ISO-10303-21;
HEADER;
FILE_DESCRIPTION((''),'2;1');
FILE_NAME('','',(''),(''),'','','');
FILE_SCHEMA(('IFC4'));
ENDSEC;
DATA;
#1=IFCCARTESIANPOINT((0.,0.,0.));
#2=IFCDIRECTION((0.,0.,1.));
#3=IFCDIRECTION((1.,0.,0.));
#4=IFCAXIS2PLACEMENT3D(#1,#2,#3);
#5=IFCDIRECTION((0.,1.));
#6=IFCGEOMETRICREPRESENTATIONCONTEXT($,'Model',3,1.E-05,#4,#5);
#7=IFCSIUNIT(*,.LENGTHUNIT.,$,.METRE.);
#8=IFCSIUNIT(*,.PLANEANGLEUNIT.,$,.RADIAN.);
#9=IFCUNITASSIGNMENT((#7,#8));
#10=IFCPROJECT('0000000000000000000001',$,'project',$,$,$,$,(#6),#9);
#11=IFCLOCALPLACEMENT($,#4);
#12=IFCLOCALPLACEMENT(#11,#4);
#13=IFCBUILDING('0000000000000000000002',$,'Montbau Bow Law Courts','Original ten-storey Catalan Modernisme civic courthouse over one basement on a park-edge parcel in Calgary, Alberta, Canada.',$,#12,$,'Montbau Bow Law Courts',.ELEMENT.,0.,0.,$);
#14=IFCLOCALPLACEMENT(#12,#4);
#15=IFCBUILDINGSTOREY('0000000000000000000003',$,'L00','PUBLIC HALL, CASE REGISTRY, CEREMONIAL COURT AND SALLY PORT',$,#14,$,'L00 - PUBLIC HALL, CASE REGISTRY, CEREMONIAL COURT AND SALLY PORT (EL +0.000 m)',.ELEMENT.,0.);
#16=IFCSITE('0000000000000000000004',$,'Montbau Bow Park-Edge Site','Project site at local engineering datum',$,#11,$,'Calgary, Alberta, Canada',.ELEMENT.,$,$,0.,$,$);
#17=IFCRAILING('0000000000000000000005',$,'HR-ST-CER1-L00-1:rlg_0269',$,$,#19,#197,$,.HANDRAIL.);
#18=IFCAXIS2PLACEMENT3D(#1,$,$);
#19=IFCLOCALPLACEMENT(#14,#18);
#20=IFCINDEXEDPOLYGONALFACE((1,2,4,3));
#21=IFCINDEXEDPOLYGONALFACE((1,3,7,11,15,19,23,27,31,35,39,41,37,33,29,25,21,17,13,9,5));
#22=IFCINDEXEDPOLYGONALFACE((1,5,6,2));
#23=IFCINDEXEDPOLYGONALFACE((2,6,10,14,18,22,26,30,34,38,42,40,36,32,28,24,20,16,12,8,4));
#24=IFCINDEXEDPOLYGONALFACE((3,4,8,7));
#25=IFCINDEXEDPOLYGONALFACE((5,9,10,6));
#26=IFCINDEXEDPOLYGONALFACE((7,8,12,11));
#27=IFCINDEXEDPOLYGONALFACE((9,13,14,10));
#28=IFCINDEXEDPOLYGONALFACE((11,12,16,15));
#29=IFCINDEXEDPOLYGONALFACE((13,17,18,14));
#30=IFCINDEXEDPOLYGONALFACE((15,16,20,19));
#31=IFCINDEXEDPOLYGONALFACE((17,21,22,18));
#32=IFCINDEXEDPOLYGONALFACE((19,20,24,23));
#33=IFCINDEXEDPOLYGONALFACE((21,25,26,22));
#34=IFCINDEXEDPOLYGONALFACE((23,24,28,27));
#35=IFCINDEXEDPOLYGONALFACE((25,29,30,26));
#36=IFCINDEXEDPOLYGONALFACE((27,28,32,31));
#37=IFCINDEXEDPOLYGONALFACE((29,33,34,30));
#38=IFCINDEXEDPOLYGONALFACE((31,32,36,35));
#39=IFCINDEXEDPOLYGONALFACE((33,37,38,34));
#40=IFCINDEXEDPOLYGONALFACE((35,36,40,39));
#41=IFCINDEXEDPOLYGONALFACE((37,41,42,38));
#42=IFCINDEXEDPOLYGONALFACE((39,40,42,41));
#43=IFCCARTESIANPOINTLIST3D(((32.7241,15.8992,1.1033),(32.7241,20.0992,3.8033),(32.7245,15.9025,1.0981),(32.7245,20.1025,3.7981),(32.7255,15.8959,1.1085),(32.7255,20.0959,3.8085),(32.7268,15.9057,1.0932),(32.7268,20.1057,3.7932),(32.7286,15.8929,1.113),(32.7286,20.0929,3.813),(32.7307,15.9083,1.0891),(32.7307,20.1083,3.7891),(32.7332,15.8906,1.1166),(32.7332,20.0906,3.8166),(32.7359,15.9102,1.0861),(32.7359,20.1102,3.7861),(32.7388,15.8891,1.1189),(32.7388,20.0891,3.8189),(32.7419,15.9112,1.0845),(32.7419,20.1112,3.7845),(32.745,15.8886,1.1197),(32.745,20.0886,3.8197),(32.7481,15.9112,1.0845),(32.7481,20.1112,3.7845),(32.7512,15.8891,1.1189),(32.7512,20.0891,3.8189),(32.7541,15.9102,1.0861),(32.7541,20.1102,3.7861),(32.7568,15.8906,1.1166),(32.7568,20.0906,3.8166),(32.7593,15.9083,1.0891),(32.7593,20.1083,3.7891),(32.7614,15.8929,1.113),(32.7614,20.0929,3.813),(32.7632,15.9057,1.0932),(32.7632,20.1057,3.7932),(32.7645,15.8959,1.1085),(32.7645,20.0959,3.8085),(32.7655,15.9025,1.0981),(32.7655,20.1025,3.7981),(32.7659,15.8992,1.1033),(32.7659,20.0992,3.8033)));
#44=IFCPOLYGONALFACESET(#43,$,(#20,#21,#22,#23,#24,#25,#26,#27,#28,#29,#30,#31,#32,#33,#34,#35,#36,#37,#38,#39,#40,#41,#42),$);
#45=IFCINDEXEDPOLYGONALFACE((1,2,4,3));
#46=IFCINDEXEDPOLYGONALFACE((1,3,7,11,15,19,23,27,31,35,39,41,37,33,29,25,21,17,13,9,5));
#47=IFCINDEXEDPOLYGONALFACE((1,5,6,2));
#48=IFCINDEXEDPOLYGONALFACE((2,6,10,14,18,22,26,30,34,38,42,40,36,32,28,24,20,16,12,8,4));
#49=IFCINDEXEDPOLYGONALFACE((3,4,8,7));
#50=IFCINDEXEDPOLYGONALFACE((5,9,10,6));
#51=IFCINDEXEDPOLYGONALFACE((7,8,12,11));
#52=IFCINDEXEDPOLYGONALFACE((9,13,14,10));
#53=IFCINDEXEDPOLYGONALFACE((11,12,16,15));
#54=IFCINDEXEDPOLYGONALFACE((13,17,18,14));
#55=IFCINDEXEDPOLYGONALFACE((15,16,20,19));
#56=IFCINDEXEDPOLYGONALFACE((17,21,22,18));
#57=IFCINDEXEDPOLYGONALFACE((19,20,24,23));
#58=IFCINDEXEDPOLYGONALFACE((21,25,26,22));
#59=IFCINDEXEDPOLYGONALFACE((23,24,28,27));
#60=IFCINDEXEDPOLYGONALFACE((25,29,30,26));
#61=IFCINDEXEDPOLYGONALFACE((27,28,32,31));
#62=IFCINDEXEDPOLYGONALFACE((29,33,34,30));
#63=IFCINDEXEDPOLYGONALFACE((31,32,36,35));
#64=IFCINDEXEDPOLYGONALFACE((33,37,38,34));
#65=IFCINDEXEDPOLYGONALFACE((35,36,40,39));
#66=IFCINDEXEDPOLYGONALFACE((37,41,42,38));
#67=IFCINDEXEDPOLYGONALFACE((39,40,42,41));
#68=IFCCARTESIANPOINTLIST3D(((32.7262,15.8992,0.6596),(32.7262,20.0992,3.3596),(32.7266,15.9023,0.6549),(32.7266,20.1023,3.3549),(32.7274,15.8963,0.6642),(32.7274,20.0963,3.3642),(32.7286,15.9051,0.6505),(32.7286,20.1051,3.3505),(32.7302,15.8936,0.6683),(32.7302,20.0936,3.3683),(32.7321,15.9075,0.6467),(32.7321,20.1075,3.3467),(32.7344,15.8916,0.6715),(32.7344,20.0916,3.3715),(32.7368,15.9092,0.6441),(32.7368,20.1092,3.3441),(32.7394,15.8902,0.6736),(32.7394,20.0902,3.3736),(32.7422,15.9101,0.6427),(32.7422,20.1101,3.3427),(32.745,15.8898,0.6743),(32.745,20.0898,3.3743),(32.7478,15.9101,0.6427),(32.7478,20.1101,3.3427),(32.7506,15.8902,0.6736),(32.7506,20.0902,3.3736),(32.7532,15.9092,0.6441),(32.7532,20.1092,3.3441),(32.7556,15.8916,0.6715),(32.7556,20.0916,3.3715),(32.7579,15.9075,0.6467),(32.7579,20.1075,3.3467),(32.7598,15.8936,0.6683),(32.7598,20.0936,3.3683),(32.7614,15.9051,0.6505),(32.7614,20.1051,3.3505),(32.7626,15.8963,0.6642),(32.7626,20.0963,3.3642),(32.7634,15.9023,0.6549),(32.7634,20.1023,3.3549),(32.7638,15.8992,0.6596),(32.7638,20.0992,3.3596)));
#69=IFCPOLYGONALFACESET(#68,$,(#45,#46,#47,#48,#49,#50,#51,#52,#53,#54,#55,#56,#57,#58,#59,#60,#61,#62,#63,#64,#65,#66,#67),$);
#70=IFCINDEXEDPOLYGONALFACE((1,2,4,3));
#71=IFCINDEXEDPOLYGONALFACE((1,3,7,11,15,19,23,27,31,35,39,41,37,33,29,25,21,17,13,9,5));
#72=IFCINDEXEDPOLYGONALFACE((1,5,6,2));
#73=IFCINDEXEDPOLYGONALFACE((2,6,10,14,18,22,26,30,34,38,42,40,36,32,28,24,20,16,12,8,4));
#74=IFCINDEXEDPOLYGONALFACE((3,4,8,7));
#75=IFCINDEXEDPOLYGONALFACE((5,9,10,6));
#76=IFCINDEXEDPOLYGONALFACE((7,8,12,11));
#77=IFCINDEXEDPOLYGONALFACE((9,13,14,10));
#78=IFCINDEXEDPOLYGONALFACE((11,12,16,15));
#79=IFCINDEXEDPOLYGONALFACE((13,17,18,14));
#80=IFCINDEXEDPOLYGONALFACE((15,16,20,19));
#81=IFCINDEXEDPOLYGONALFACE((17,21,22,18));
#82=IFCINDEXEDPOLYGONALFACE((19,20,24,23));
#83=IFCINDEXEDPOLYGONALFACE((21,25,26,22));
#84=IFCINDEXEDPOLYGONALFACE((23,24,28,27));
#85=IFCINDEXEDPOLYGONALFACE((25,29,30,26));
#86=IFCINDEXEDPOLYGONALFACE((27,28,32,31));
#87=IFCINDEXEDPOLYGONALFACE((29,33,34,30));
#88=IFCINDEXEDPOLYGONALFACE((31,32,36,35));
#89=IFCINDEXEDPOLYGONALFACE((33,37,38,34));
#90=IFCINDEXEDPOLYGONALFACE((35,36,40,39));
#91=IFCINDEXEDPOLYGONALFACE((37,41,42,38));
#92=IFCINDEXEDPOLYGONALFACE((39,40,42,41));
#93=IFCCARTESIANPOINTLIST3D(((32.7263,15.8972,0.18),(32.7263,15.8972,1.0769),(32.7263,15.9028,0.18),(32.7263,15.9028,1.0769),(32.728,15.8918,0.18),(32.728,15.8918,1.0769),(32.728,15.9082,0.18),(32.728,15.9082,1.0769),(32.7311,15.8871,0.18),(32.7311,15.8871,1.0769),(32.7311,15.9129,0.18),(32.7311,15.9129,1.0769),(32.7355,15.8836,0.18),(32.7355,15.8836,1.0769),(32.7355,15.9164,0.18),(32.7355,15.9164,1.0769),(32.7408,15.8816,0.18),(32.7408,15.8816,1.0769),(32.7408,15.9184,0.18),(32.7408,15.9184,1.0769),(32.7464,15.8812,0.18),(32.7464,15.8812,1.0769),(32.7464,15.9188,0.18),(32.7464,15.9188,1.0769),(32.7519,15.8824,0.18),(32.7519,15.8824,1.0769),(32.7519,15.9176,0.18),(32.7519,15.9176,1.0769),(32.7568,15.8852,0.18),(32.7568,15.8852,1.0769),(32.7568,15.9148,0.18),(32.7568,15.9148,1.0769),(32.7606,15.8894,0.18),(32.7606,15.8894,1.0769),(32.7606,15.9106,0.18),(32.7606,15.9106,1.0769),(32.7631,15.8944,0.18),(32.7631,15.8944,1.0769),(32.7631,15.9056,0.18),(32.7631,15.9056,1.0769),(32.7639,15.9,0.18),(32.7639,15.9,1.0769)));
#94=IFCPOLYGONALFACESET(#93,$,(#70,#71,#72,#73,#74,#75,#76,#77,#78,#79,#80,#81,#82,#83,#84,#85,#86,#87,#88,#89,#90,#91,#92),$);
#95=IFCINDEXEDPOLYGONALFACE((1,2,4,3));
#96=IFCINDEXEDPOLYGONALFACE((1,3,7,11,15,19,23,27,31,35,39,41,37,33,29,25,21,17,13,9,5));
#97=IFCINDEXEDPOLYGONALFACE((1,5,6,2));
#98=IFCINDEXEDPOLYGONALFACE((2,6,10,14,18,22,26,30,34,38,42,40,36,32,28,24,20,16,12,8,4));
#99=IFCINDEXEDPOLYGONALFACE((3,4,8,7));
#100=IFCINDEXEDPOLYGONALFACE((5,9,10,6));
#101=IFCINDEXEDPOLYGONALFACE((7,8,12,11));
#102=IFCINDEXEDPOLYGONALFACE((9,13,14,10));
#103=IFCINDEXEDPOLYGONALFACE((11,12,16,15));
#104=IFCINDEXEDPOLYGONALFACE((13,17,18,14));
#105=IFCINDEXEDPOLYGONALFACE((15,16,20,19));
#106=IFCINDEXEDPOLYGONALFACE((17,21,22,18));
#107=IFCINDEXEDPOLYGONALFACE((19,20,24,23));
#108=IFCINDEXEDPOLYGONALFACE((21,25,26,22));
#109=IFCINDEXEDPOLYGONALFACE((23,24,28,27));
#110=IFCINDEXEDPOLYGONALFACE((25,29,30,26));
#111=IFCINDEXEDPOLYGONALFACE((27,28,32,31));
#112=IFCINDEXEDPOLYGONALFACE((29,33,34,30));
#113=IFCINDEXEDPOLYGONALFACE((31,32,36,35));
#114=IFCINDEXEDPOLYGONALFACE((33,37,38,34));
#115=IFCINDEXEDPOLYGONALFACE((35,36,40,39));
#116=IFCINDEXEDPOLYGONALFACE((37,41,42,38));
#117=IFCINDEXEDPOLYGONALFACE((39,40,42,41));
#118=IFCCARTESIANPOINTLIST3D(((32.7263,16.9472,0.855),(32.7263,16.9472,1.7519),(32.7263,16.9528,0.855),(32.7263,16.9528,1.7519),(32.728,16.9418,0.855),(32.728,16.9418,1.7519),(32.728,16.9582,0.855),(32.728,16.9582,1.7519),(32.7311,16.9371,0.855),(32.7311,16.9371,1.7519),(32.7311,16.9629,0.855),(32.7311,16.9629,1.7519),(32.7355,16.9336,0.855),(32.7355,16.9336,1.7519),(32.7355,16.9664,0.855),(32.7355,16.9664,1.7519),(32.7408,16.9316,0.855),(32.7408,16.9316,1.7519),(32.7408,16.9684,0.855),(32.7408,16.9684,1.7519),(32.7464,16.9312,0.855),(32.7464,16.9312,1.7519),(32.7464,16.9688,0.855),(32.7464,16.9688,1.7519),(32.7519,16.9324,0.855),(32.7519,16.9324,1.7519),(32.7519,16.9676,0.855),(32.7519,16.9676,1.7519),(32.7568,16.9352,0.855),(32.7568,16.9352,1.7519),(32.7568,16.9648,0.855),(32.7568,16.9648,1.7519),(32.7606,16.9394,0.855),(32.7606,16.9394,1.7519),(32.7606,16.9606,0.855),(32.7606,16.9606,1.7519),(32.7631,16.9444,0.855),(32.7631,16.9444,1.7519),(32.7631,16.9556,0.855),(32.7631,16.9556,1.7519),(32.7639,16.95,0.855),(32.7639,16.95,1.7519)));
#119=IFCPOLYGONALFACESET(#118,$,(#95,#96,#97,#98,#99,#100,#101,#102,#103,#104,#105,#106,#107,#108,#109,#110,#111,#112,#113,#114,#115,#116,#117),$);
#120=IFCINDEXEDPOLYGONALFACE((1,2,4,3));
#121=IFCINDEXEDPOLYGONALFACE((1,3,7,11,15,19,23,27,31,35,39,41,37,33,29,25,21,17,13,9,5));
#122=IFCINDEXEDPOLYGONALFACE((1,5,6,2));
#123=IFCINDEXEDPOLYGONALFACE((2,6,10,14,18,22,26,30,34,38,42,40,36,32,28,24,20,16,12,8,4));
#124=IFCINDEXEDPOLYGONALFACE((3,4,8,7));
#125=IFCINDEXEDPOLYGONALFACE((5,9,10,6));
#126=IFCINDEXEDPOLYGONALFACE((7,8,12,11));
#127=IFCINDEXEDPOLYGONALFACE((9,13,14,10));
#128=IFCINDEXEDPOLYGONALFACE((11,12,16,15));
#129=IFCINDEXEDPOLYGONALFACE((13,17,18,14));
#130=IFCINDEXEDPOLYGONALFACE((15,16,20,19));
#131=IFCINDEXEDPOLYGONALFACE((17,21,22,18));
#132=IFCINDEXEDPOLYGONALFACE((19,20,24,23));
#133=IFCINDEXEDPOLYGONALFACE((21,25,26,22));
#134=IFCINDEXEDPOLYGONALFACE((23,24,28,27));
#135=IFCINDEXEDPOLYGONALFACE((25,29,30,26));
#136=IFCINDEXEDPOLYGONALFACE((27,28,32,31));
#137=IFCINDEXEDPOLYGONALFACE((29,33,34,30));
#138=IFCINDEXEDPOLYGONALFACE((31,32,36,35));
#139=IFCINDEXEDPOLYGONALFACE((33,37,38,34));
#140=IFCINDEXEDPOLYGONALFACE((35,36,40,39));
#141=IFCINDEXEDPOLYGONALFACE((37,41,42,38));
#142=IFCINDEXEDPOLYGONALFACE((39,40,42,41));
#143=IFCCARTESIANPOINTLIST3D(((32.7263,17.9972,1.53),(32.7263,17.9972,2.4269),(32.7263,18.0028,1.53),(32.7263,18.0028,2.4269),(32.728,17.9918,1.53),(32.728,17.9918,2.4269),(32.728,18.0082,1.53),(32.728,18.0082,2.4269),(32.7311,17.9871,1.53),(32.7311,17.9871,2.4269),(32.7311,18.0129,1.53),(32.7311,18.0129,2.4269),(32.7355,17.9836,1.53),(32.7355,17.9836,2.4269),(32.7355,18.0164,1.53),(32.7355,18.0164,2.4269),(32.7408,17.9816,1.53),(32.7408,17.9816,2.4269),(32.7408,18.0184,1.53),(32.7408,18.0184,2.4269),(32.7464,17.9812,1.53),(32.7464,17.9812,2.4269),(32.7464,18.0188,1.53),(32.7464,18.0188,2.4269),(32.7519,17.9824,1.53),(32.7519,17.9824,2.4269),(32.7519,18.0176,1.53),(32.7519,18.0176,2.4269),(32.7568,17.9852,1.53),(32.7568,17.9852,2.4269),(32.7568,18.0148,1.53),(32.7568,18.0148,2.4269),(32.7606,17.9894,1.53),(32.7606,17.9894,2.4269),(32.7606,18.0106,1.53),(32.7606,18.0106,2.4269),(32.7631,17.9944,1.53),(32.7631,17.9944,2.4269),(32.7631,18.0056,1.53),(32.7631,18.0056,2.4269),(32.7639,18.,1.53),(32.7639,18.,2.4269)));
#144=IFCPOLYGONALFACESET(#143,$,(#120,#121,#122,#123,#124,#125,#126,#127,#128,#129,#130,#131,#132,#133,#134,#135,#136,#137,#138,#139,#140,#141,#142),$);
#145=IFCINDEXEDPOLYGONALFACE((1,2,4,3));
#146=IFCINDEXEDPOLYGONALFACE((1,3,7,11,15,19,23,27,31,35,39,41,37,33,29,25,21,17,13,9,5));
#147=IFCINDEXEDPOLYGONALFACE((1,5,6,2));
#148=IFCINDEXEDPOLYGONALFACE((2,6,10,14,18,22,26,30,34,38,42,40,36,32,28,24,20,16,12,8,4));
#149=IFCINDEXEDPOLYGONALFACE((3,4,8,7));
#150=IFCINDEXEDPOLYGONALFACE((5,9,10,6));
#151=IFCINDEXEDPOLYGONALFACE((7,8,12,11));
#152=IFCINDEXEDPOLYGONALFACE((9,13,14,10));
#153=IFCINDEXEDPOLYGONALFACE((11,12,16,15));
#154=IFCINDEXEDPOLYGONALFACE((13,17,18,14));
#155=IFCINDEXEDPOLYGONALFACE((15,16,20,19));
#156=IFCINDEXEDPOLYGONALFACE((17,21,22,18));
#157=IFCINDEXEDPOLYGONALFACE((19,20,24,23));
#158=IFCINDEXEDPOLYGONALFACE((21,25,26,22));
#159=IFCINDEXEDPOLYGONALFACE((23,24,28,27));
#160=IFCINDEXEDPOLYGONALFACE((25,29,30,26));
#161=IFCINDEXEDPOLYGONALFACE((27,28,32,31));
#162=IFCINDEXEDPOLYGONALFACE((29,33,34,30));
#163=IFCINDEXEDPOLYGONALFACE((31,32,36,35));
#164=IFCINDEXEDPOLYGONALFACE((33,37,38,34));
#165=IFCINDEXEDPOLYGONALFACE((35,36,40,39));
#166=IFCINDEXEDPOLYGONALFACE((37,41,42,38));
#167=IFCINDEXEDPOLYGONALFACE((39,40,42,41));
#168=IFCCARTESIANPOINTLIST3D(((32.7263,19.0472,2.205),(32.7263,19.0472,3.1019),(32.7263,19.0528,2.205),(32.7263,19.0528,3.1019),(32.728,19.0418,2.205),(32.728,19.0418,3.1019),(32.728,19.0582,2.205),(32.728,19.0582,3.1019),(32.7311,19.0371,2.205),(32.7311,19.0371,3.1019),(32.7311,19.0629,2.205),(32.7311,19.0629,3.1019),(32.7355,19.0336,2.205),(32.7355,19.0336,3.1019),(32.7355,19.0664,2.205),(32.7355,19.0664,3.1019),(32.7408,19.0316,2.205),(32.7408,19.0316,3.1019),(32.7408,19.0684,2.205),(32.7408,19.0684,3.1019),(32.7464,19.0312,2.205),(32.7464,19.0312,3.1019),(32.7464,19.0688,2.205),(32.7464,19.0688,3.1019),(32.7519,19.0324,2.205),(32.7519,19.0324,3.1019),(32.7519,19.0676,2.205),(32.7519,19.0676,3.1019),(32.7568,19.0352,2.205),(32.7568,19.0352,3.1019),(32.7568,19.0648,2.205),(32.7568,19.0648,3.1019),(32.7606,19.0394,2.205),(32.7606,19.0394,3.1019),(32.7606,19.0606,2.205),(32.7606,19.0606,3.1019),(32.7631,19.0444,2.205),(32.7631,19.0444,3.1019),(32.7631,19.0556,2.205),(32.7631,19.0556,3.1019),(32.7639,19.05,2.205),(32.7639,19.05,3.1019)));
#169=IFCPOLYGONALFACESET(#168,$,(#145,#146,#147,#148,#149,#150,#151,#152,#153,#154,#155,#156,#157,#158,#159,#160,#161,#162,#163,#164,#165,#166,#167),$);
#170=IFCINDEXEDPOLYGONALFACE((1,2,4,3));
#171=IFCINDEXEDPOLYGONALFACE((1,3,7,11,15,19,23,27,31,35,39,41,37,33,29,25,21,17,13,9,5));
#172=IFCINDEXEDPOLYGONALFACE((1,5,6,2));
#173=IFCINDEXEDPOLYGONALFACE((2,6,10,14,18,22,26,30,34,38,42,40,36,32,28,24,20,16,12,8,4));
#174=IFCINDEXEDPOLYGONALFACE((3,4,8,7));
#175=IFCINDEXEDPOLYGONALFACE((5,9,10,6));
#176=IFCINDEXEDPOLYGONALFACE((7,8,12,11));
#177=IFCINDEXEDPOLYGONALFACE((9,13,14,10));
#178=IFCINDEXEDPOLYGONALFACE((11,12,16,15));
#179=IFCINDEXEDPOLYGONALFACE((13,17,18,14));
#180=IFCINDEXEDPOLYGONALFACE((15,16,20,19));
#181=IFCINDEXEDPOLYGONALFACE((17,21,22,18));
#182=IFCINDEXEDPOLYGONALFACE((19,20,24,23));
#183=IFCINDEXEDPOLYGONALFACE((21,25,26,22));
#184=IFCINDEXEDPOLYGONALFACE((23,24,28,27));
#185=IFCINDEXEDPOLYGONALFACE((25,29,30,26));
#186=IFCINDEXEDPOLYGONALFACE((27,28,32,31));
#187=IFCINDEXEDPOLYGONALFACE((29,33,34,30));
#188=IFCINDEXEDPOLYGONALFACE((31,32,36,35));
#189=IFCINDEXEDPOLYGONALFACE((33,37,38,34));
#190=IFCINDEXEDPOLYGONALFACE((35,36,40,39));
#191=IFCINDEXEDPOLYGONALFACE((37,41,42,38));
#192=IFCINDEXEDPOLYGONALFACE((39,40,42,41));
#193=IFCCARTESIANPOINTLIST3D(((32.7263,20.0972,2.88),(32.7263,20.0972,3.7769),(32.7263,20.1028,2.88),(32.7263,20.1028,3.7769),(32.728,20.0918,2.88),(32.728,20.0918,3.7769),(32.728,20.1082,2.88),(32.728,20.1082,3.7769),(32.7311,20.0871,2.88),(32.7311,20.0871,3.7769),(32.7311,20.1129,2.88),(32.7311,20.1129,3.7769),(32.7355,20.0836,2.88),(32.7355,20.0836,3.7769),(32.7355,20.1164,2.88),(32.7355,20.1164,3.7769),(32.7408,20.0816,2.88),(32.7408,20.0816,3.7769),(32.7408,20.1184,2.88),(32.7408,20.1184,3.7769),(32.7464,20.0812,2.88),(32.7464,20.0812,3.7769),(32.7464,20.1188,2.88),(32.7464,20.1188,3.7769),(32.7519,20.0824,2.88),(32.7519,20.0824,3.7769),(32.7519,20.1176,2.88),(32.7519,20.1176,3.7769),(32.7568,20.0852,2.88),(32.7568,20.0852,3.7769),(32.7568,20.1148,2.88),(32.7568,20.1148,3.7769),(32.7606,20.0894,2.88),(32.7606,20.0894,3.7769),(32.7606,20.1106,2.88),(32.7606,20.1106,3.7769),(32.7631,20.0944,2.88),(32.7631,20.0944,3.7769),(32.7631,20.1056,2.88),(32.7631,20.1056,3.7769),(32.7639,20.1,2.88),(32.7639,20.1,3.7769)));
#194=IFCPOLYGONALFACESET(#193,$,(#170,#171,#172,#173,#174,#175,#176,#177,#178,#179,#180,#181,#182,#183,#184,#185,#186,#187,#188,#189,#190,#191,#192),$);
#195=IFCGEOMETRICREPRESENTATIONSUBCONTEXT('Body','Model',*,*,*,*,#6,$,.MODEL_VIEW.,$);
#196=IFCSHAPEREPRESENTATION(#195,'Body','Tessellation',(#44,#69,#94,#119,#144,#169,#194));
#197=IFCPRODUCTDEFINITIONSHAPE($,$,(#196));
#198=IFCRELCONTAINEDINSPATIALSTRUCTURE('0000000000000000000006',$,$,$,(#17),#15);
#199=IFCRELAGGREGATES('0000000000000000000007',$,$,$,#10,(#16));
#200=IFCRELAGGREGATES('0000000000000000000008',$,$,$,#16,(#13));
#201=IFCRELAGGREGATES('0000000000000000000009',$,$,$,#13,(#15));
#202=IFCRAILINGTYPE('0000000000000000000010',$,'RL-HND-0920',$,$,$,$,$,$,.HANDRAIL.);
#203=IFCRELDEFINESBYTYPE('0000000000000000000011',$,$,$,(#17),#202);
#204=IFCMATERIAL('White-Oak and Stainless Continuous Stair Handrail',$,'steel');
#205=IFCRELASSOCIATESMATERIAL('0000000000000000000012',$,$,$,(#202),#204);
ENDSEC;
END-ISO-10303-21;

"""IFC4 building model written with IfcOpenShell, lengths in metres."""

from ifc_helpers import new_model, si_unit, direction, frame, origin_with_axes, origin_2d_with_axis, place, context, subcontext, project, spatial, circle, extrude, material, type_object, element, save


model = new_model("IFC4")

# Units and contexts
model_context = context("Model", 3, precision=1e-05, world=origin_with_axes(), true_north=direction((0.0, 1.0)))
body_context = subcontext(model_context, "Body", "Model", "MODEL_VIEW")
ifc_project = project(units=[si_unit("LENGTHUNIT", "METRE"), si_unit("PLANEANGLEUNIT", "RADIAN")], contexts=[model_context])

# Site, building, storey
site_placement = place(None, origin_with_axes())
site = spatial("IfcSite", under=ifc_project, at=site_placement, Name="Montbau Bow Park-Edge Site", Description="Project site at local engineering datum", LongName="Calgary, Alberta, Canada", CompositionType="ELEMENT", RefElevation=0.0)
building_placement = place(site_placement, origin_with_axes())
building = spatial("IfcBuilding", under=site, at=building_placement, Name="Montbau Bow Law Courts", Description="Original ten-storey Catalan Modernisme civic courthouse over one basement on a park-edge parcel in Calgary, Alberta, Canada.", LongName="Montbau Bow Law Courts", CompositionType="ELEMENT", ElevationOfRefHeight=0.0, ElevationOfTerrain=0.0)
storey_placement = place(building_placement, origin_with_axes())
storey = spatial("IfcBuildingStorey", under=building, at=storey_placement, Name="L00", Description="PUBLIC HALL, CASE REGISTRY, CEREMONIAL COURT AND SALLY PORT", LongName="L00 - PUBLIC HALL, CASE REGISTRY, CEREMONIAL COURT AND SALLY PORT (EL +0.000 m)", CompositionType="ELEMENT", Elevation=0.0)

# Railing
ifc_material_1 = material(Name="White-Oak and Stainless Continuous Stair Handrail", Category="steel")
railing_type_1 = type_object("IfcRailingType", Name="RL-HND-0920", PredefinedType="HANDRAIL", material=ifc_material_1)
railing_1_placement = place(None, origin_with_axes())
element("IfcRailing", 1, at=railing_1_placement, inside=storey, type_object=railing_type_1, Name="HR-ST-CER1-L00-1:rlg_0269", PredefinedType="HANDRAIL", context=body_context, shape_type="SweptSolid", body=[
    extrude(circle(Radius=0.021, at=origin_2d_with_axis()), frame((32.745, 15.9, 1.102), z_axis=(0.0, 0.841178, 0.540758), x_axis=(0.0, -0.540758, 0.841178)), (0.0, 0.0, 1.0), 4.993),
    extrude(circle(Radius=0.0189, at=origin_2d_with_axis()), frame((32.745, 15.9, 0.6584), z_axis=(0.0, 0.841178, 0.540758), x_axis=(0.0, -0.540758, 0.841178)), (0.0, 0.0, 1.0), 4.993),
    extrude(circle(Radius=0.0189, at=origin_2d_with_axis()), frame((32.745, 15.9, 0.18), z_axis=(0.0, 0.0, 1.0), x_axis=(1.0, 0.0, 0.0)), (0.0, 0.0, 1.0), 0.8969),
    extrude(circle(Radius=0.0189, at=origin_2d_with_axis()), frame((32.745, 16.95, 0.855), z_axis=(0.0, 0.0, 1.0), x_axis=(1.0, 0.0, 0.0)), (0.0, 0.0, 1.0), 0.8969),
    extrude(circle(Radius=0.0189, at=origin_2d_with_axis()), frame((32.745, 18.0, 1.53), z_axis=(0.0, 0.0, 1.0), x_axis=(1.0, 0.0, 0.0)), (0.0, 0.0, 1.0), 0.8969),
    extrude(circle(Radius=0.0189, at=origin_2d_with_axis()), frame((32.745, 19.05, 2.205), z_axis=(0.0, 0.0, 1.0), x_axis=(1.0, 0.0, 0.0)), (0.0, 0.0, 1.0), 0.8969),
    extrude(circle(Radius=0.0189, at=origin_2d_with_axis()), frame((32.745, 20.1, 2.88), z_axis=(0.0, 0.0, 1.0), x_axis=(1.0, 0.0, 0.0)), (0.0, 0.0, 1.0), 0.8969),
])

save(model, "model.ifc")
